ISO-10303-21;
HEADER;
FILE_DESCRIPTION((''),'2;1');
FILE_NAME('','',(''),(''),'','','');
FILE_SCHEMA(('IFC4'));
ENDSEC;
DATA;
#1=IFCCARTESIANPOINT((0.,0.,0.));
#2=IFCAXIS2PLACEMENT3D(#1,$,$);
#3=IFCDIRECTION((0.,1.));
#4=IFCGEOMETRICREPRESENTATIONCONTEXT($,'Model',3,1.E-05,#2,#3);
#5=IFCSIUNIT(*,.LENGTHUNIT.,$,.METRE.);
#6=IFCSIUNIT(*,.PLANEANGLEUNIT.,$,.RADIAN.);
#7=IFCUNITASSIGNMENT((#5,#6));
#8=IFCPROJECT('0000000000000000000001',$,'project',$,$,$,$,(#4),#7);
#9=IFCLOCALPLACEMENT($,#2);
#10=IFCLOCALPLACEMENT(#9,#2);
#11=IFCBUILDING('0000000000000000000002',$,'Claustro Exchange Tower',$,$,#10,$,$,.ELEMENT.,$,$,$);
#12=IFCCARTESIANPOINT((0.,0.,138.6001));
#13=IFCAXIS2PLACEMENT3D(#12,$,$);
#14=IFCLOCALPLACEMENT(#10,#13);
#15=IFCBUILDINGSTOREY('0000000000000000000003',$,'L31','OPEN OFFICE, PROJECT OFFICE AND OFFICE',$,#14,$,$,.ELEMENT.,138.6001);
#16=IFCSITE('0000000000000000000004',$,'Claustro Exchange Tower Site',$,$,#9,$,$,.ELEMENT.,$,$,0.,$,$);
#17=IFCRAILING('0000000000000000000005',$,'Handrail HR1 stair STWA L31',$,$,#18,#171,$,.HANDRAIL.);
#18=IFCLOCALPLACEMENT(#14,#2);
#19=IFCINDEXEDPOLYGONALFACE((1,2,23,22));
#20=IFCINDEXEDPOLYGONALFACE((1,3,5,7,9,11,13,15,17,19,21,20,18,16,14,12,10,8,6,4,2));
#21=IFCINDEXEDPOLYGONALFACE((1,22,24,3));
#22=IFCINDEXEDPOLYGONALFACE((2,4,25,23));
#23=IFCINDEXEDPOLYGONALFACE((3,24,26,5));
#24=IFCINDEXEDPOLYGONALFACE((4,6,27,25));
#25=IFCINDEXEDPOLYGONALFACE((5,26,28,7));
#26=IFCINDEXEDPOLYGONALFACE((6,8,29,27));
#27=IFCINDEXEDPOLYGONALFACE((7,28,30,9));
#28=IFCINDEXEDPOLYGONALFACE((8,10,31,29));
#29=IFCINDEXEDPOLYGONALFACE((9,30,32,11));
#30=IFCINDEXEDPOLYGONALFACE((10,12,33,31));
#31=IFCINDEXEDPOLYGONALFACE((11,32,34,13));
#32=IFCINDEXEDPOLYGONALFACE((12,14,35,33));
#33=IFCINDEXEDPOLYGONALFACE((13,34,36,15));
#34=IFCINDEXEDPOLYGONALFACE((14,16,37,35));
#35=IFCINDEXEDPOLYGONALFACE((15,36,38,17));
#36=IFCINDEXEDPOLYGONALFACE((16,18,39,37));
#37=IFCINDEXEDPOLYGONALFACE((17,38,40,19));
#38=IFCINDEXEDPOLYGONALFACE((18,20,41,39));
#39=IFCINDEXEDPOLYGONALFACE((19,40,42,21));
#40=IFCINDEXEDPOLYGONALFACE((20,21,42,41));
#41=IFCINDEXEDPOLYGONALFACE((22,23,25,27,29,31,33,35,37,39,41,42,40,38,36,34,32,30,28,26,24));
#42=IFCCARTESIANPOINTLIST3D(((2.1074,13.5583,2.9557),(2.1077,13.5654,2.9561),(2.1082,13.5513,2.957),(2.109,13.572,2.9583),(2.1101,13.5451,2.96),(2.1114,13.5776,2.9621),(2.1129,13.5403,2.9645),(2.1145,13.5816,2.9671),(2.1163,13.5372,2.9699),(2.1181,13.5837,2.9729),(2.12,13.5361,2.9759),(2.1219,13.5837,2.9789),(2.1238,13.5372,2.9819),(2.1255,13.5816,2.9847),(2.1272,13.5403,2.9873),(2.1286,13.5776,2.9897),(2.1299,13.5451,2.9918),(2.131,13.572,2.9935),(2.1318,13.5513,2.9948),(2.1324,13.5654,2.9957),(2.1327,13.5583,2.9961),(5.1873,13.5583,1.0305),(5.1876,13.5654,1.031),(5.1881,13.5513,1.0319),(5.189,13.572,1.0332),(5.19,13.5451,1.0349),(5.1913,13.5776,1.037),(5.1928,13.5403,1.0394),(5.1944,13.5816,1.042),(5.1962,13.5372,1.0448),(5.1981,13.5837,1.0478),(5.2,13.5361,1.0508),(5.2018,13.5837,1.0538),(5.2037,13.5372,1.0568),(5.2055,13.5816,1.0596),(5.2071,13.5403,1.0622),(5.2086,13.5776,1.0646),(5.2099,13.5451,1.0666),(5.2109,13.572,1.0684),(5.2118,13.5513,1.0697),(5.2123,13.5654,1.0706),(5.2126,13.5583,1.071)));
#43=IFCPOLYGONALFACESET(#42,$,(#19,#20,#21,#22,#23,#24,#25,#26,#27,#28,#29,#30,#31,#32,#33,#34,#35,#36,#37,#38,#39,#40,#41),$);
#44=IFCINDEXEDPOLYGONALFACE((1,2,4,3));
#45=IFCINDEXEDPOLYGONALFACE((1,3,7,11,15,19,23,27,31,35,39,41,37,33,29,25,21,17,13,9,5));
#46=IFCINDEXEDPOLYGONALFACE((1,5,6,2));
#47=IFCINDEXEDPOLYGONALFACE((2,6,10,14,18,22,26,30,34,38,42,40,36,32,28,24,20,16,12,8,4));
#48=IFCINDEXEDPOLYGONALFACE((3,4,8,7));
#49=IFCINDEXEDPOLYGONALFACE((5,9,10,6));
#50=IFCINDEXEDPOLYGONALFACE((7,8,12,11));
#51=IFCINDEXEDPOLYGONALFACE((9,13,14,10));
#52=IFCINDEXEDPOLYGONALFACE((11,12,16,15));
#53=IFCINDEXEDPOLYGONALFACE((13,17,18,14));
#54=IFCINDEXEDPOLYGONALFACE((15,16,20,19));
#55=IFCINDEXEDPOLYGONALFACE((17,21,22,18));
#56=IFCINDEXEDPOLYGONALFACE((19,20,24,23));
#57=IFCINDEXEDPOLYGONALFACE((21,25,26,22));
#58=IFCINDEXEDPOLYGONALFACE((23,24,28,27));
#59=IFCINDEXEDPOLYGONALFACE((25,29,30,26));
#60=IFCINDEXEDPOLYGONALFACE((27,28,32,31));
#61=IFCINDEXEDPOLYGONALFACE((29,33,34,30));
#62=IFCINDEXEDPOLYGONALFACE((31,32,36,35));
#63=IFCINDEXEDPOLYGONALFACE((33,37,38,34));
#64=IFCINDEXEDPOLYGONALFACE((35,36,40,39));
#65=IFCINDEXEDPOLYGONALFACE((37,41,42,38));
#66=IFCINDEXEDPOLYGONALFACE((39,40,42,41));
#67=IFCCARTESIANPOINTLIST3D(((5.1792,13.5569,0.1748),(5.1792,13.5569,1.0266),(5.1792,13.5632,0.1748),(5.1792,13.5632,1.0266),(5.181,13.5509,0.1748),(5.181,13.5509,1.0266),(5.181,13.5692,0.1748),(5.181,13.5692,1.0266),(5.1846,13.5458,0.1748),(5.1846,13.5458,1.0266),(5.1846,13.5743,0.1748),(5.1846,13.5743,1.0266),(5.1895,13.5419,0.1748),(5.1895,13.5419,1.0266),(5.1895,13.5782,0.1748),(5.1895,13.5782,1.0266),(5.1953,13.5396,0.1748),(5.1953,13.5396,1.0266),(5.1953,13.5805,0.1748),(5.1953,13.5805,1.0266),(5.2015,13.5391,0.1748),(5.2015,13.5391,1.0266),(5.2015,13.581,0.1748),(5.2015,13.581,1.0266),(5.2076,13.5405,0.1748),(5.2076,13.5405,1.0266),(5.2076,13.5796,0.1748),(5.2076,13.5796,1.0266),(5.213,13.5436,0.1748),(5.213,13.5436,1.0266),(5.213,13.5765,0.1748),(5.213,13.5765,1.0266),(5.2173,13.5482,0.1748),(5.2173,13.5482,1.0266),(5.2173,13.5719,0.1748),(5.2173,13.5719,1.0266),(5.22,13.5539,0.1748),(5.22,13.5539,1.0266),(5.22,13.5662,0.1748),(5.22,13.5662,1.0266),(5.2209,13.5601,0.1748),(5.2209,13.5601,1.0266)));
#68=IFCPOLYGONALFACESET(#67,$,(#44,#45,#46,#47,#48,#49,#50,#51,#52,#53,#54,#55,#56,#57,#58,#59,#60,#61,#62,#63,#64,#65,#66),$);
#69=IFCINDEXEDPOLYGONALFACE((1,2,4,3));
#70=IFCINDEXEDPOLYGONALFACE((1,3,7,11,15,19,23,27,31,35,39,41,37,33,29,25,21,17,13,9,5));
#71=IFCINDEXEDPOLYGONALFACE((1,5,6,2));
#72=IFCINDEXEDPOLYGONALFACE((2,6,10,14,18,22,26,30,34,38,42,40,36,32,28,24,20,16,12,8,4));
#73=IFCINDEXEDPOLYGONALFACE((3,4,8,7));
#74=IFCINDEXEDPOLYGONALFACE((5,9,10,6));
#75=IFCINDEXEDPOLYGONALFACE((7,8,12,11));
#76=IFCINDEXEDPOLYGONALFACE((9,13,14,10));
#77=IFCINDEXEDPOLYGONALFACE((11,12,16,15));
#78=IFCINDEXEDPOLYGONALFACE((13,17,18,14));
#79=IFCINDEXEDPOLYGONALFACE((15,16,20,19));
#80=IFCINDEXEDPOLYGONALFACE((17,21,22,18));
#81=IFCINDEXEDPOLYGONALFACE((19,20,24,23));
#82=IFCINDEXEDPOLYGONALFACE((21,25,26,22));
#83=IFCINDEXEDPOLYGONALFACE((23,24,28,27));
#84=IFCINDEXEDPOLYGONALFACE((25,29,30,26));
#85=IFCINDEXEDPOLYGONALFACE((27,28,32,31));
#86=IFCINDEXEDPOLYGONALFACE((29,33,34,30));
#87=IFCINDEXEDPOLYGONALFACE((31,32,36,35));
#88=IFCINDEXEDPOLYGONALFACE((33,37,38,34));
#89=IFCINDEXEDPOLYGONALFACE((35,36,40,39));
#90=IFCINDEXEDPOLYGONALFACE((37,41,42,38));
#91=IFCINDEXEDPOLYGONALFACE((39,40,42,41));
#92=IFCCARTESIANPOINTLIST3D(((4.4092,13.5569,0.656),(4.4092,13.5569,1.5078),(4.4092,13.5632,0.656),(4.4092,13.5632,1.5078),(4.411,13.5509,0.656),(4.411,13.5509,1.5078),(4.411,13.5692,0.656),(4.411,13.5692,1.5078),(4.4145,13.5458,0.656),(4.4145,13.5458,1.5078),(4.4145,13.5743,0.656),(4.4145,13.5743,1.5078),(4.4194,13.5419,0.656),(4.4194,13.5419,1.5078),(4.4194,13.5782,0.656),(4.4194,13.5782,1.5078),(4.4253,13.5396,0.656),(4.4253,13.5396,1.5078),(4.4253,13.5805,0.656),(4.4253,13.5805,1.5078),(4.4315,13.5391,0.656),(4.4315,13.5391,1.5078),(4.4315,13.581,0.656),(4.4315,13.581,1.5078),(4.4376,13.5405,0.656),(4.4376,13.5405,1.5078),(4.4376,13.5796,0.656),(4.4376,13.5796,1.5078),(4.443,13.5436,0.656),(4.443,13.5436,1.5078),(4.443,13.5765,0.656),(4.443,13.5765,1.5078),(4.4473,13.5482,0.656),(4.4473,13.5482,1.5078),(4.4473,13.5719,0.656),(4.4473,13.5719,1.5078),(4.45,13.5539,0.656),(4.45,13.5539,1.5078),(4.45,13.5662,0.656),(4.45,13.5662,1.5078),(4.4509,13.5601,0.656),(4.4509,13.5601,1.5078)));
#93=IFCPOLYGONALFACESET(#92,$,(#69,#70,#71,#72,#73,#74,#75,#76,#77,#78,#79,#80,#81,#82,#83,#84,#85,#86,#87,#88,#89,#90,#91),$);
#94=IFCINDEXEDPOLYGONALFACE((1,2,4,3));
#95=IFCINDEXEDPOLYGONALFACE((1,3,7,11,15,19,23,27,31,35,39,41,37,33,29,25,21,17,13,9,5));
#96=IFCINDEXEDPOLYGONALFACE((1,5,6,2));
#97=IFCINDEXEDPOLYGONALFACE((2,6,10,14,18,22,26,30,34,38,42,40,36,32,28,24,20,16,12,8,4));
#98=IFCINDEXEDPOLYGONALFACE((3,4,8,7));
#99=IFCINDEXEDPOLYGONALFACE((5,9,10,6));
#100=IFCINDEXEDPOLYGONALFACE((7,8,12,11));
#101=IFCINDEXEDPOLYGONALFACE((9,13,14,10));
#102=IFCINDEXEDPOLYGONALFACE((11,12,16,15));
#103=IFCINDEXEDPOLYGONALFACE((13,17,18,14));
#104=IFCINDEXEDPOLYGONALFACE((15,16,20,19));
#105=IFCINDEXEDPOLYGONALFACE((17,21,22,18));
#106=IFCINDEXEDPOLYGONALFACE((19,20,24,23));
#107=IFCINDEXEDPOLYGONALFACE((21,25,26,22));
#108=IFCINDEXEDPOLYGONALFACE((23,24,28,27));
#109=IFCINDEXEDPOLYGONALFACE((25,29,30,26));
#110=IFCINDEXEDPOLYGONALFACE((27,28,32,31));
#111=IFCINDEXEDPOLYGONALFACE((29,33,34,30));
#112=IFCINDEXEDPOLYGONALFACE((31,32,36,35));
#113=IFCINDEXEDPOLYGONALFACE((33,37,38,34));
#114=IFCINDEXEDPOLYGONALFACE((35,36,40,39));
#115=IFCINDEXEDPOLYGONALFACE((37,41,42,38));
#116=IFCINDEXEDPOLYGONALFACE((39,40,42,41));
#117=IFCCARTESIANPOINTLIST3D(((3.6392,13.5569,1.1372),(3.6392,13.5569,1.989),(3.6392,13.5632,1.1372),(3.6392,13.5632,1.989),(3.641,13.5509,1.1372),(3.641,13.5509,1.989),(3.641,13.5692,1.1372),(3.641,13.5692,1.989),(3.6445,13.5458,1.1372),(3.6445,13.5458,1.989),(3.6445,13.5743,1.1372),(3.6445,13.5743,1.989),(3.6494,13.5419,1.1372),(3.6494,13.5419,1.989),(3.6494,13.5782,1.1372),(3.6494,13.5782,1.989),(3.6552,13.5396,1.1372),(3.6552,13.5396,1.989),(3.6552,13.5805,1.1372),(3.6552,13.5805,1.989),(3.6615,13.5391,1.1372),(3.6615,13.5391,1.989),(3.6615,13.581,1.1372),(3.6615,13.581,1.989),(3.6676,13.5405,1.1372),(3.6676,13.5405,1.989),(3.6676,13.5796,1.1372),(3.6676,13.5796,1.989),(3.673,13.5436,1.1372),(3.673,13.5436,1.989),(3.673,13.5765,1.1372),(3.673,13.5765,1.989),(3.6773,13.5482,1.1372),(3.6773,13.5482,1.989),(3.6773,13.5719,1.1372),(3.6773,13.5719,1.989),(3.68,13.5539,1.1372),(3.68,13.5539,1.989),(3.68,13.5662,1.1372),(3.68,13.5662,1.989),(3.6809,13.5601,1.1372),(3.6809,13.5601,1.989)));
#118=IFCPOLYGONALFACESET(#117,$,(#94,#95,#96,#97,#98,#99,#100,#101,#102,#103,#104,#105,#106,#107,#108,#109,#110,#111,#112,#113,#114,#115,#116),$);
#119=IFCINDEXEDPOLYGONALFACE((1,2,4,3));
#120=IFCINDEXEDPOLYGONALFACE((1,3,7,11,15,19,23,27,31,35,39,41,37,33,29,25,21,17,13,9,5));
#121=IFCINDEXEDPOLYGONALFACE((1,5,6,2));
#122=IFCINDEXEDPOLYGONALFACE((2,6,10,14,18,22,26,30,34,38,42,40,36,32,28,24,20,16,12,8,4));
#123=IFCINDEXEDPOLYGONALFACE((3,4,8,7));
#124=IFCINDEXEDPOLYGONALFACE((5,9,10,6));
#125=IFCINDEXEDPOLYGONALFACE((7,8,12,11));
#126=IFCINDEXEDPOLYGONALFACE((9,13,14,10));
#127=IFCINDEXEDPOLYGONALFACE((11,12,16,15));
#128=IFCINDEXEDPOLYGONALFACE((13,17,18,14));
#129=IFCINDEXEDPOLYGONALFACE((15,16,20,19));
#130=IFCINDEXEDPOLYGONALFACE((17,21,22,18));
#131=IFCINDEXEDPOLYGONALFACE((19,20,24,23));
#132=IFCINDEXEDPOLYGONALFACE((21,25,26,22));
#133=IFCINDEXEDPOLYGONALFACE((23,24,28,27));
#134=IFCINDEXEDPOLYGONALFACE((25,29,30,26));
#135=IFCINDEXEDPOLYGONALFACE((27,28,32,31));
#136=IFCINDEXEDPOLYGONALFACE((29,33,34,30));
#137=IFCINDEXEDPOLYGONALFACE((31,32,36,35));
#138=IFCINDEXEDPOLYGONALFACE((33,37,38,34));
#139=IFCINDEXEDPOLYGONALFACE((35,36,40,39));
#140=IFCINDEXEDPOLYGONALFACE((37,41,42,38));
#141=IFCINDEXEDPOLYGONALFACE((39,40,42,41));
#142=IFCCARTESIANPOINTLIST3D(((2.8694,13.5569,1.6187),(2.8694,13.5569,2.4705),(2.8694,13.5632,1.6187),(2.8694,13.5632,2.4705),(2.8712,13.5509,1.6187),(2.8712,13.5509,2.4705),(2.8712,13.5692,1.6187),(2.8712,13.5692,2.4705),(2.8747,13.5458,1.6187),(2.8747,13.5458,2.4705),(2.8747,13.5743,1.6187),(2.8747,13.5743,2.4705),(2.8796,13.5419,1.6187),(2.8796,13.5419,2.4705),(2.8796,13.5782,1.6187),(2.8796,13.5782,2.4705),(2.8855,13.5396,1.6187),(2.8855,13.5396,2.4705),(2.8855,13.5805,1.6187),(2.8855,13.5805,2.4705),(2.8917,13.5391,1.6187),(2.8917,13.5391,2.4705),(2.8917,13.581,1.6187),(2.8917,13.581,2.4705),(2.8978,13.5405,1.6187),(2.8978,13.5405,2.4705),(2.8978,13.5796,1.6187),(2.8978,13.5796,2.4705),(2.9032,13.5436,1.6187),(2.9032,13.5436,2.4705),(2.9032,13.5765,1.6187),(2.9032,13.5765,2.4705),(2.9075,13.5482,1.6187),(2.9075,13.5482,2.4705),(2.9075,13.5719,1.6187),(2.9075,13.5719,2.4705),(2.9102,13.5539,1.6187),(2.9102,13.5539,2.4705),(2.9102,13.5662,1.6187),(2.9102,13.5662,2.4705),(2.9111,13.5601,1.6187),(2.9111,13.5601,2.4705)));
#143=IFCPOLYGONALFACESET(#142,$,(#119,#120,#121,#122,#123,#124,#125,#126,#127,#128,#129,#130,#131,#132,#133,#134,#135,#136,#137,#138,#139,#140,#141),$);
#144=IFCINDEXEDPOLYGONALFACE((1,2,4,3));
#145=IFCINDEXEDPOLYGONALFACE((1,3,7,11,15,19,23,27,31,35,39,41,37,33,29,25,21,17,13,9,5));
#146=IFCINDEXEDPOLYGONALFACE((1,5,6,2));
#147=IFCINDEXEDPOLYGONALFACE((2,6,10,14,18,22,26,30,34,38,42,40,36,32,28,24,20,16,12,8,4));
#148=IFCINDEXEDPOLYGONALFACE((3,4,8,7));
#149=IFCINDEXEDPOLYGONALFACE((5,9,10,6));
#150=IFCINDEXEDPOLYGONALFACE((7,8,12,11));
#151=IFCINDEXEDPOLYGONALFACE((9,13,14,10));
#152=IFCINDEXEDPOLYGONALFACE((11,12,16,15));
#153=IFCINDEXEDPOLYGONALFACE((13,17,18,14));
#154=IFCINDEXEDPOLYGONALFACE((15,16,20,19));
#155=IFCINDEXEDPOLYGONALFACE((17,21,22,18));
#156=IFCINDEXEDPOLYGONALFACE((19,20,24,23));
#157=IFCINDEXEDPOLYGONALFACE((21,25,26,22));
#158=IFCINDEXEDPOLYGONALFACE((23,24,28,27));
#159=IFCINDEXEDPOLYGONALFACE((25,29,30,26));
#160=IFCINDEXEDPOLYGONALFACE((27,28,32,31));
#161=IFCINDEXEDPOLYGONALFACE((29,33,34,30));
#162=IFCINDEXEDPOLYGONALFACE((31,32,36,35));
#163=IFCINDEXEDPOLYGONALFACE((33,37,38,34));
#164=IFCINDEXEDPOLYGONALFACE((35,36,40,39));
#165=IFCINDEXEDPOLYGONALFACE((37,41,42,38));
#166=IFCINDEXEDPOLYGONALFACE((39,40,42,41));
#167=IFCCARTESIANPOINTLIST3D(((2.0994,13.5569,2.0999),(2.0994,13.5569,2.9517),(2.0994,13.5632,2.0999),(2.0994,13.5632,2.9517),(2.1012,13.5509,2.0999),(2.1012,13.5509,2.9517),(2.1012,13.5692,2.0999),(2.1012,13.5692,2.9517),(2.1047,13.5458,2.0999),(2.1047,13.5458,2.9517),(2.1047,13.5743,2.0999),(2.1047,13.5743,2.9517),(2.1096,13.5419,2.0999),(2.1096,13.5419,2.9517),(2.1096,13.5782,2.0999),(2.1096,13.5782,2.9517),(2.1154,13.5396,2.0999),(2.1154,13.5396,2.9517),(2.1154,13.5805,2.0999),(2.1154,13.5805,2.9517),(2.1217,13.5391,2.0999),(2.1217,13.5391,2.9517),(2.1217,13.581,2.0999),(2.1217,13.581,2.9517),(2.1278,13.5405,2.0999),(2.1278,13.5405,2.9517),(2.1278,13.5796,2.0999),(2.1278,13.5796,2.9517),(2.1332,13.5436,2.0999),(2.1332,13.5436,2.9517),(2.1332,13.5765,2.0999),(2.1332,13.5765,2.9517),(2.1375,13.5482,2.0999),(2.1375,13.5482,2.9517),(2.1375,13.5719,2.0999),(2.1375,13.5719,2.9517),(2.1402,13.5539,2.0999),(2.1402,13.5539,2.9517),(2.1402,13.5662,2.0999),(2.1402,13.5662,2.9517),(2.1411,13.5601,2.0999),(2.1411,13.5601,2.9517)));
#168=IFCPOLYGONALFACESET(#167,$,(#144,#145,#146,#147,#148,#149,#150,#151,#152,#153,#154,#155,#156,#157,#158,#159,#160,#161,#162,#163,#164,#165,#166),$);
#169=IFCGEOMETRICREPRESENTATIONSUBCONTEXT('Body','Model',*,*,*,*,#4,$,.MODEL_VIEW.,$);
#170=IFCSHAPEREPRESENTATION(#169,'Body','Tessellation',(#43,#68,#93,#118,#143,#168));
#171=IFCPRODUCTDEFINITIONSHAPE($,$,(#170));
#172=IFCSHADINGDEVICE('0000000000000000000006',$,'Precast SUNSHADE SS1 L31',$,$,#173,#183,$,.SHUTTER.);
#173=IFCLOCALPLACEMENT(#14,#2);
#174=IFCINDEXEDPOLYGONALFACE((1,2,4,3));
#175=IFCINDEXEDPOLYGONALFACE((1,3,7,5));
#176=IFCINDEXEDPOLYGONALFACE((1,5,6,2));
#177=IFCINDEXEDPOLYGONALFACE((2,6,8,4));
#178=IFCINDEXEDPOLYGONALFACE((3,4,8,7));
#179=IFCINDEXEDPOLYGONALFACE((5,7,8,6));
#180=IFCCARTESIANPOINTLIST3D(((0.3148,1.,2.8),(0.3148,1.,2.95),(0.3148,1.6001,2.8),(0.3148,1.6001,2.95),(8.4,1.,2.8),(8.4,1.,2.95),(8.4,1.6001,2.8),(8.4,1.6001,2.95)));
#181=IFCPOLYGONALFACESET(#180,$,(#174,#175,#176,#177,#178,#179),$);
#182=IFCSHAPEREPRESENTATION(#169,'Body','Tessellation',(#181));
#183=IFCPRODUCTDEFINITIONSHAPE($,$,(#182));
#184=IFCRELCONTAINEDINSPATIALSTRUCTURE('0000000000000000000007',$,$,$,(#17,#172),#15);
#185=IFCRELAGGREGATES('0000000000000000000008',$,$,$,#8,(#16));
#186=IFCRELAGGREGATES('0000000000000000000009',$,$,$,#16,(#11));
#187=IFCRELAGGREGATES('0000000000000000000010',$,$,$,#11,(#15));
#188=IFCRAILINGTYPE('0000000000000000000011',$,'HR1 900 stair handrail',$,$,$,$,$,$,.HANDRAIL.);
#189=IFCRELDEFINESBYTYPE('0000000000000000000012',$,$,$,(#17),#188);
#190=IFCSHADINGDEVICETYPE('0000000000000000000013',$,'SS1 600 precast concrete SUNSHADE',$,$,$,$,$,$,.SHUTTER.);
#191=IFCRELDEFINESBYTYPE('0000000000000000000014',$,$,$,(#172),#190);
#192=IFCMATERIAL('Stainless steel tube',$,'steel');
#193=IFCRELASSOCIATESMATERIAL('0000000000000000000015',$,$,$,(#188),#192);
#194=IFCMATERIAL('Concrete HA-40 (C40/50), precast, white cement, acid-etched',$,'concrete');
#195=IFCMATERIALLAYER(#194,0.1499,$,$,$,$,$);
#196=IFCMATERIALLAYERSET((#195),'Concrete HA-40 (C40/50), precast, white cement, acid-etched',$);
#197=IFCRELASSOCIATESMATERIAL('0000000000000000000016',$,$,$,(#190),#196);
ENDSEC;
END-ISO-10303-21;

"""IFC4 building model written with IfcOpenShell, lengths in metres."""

from ifc_helpers import new_model, si_unit, direction, frame, origin, origin_2d, place, context, subcontext, project, spatial, rectangle, circle, extrude, material, layer, layer_set, type_object, element, save


model = new_model("IFC4")

# Units and contexts
model_context = context("Model", 3, precision=1e-05, world=origin(), true_north=direction((0.0, 1.0)))
body_context = subcontext(model_context, "Body", "Model", "MODEL_VIEW")
ifc_project = project(units=[si_unit("LENGTHUNIT", "METRE"), si_unit("PLANEANGLEUNIT", "RADIAN")], contexts=[model_context])

# Site, building, storey
site_placement = place(None, origin())
site = spatial("IfcSite", under=ifc_project, at=site_placement, Name="Claustro Exchange Tower Site", CompositionType="ELEMENT", RefElevation=0.0)
building_placement = place(site_placement, origin())
building = spatial("IfcBuilding", under=site, at=building_placement, Name="Claustro Exchange Tower", CompositionType="ELEMENT")
storey_placement = place(building_placement, frame((0.0, 0.0, 138.6001)))
storey = spatial("IfcBuildingStorey", under=building, at=storey_placement, Name="L31", Description="OPEN OFFICE, PROJECT OFFICE AND OFFICE", CompositionType="ELEMENT", Elevation=138.6001)

# Railing
ifc_material_1 = material(Name="Stainless steel tube", Category="steel")
railing_type_1 = type_object("IfcRailingType", Name="HR1 900 stair handrail", PredefinedType="HANDRAIL", material=ifc_material_1)
railing_1_placement = place(storey_placement, frame((5.2, 13.5601, 0.1748)))
element("IfcRailing", 1, at=railing_1_placement, inside=storey, type_object=railing_type_1, Name="Handrail HR1 stair STWA L31", PredefinedType="HANDRAIL", context=body_context, shape_type="SweptSolid", body=[
    extrude(circle(Radius=0.0239, at=origin_2d()), frame((0.0, 0.0, 0.876), z_axis=(-0.847979, 0.0, 0.530029), x_axis=(0.0, -1.0, 0.0)), (0.0, 0.0, 1.0), 3.6321),
    extrude(circle(Radius=0.021, at=origin_2d()), origin(), (0.0, 0.0, 1.0), 0.8518),
    extrude(circle(Radius=0.021, at=origin_2d()), frame((-0.77, 0.0, 0.4812)), (0.0, 0.0, 1.0), 0.8518),
    extrude(circle(Radius=0.021, at=origin_2d()), frame((-1.54, 0.0, 0.9624)), (0.0, 0.0, 1.0), 0.8518),
    extrude(circle(Radius=0.021, at=origin_2d()), frame((-2.3098, 0.0, 1.4438)), (0.0, 0.0, 1.0), 0.8518),
    extrude(circle(Radius=0.021, at=origin_2d()), frame((-3.0798, 0.0, 1.925)), (0.0, 0.0, 1.0), 0.8518),
])

# Shading device
ifc_material_2 = material(Name="Concrete HA-40 (C40/50), precast, white cement, acid-etched", Category="concrete")
ifc_layer_1 = layer(ifc_material_2, 0.1499)
ifc_layer_set_1 = layer_set([ifc_layer_1], Name="Concrete HA-40 (C40/50), precast, white cement, acid-etched")
shading_device_type = type_object("IfcShadingDeviceType", Name="SS1 600 precast concrete SUNSHADE", PredefinedType="SHUTTER", material=ifc_layer_set_1)
shading_device_placement = place(storey_placement, frame((4.3574, 1.3, 2.8), z_axis=(0.0, 0.0, 1.0), x_axis=(-1.0, 0.0, 0.0)))
element("IfcShadingDevice", 2, at=shading_device_placement, inside=storey, type_object=shading_device_type, Name="Precast SUNSHADE SS1 L31", PredefinedType="SHUTTER", context=body_context, shape_type="SweptSolid", body=[
    extrude(rectangle(XDim=8.0852, YDim=0.6001, at=origin_2d()), origin(), (0.0, 0.0, 1.0), 0.1499),
])

save(model, "model.ifc")
